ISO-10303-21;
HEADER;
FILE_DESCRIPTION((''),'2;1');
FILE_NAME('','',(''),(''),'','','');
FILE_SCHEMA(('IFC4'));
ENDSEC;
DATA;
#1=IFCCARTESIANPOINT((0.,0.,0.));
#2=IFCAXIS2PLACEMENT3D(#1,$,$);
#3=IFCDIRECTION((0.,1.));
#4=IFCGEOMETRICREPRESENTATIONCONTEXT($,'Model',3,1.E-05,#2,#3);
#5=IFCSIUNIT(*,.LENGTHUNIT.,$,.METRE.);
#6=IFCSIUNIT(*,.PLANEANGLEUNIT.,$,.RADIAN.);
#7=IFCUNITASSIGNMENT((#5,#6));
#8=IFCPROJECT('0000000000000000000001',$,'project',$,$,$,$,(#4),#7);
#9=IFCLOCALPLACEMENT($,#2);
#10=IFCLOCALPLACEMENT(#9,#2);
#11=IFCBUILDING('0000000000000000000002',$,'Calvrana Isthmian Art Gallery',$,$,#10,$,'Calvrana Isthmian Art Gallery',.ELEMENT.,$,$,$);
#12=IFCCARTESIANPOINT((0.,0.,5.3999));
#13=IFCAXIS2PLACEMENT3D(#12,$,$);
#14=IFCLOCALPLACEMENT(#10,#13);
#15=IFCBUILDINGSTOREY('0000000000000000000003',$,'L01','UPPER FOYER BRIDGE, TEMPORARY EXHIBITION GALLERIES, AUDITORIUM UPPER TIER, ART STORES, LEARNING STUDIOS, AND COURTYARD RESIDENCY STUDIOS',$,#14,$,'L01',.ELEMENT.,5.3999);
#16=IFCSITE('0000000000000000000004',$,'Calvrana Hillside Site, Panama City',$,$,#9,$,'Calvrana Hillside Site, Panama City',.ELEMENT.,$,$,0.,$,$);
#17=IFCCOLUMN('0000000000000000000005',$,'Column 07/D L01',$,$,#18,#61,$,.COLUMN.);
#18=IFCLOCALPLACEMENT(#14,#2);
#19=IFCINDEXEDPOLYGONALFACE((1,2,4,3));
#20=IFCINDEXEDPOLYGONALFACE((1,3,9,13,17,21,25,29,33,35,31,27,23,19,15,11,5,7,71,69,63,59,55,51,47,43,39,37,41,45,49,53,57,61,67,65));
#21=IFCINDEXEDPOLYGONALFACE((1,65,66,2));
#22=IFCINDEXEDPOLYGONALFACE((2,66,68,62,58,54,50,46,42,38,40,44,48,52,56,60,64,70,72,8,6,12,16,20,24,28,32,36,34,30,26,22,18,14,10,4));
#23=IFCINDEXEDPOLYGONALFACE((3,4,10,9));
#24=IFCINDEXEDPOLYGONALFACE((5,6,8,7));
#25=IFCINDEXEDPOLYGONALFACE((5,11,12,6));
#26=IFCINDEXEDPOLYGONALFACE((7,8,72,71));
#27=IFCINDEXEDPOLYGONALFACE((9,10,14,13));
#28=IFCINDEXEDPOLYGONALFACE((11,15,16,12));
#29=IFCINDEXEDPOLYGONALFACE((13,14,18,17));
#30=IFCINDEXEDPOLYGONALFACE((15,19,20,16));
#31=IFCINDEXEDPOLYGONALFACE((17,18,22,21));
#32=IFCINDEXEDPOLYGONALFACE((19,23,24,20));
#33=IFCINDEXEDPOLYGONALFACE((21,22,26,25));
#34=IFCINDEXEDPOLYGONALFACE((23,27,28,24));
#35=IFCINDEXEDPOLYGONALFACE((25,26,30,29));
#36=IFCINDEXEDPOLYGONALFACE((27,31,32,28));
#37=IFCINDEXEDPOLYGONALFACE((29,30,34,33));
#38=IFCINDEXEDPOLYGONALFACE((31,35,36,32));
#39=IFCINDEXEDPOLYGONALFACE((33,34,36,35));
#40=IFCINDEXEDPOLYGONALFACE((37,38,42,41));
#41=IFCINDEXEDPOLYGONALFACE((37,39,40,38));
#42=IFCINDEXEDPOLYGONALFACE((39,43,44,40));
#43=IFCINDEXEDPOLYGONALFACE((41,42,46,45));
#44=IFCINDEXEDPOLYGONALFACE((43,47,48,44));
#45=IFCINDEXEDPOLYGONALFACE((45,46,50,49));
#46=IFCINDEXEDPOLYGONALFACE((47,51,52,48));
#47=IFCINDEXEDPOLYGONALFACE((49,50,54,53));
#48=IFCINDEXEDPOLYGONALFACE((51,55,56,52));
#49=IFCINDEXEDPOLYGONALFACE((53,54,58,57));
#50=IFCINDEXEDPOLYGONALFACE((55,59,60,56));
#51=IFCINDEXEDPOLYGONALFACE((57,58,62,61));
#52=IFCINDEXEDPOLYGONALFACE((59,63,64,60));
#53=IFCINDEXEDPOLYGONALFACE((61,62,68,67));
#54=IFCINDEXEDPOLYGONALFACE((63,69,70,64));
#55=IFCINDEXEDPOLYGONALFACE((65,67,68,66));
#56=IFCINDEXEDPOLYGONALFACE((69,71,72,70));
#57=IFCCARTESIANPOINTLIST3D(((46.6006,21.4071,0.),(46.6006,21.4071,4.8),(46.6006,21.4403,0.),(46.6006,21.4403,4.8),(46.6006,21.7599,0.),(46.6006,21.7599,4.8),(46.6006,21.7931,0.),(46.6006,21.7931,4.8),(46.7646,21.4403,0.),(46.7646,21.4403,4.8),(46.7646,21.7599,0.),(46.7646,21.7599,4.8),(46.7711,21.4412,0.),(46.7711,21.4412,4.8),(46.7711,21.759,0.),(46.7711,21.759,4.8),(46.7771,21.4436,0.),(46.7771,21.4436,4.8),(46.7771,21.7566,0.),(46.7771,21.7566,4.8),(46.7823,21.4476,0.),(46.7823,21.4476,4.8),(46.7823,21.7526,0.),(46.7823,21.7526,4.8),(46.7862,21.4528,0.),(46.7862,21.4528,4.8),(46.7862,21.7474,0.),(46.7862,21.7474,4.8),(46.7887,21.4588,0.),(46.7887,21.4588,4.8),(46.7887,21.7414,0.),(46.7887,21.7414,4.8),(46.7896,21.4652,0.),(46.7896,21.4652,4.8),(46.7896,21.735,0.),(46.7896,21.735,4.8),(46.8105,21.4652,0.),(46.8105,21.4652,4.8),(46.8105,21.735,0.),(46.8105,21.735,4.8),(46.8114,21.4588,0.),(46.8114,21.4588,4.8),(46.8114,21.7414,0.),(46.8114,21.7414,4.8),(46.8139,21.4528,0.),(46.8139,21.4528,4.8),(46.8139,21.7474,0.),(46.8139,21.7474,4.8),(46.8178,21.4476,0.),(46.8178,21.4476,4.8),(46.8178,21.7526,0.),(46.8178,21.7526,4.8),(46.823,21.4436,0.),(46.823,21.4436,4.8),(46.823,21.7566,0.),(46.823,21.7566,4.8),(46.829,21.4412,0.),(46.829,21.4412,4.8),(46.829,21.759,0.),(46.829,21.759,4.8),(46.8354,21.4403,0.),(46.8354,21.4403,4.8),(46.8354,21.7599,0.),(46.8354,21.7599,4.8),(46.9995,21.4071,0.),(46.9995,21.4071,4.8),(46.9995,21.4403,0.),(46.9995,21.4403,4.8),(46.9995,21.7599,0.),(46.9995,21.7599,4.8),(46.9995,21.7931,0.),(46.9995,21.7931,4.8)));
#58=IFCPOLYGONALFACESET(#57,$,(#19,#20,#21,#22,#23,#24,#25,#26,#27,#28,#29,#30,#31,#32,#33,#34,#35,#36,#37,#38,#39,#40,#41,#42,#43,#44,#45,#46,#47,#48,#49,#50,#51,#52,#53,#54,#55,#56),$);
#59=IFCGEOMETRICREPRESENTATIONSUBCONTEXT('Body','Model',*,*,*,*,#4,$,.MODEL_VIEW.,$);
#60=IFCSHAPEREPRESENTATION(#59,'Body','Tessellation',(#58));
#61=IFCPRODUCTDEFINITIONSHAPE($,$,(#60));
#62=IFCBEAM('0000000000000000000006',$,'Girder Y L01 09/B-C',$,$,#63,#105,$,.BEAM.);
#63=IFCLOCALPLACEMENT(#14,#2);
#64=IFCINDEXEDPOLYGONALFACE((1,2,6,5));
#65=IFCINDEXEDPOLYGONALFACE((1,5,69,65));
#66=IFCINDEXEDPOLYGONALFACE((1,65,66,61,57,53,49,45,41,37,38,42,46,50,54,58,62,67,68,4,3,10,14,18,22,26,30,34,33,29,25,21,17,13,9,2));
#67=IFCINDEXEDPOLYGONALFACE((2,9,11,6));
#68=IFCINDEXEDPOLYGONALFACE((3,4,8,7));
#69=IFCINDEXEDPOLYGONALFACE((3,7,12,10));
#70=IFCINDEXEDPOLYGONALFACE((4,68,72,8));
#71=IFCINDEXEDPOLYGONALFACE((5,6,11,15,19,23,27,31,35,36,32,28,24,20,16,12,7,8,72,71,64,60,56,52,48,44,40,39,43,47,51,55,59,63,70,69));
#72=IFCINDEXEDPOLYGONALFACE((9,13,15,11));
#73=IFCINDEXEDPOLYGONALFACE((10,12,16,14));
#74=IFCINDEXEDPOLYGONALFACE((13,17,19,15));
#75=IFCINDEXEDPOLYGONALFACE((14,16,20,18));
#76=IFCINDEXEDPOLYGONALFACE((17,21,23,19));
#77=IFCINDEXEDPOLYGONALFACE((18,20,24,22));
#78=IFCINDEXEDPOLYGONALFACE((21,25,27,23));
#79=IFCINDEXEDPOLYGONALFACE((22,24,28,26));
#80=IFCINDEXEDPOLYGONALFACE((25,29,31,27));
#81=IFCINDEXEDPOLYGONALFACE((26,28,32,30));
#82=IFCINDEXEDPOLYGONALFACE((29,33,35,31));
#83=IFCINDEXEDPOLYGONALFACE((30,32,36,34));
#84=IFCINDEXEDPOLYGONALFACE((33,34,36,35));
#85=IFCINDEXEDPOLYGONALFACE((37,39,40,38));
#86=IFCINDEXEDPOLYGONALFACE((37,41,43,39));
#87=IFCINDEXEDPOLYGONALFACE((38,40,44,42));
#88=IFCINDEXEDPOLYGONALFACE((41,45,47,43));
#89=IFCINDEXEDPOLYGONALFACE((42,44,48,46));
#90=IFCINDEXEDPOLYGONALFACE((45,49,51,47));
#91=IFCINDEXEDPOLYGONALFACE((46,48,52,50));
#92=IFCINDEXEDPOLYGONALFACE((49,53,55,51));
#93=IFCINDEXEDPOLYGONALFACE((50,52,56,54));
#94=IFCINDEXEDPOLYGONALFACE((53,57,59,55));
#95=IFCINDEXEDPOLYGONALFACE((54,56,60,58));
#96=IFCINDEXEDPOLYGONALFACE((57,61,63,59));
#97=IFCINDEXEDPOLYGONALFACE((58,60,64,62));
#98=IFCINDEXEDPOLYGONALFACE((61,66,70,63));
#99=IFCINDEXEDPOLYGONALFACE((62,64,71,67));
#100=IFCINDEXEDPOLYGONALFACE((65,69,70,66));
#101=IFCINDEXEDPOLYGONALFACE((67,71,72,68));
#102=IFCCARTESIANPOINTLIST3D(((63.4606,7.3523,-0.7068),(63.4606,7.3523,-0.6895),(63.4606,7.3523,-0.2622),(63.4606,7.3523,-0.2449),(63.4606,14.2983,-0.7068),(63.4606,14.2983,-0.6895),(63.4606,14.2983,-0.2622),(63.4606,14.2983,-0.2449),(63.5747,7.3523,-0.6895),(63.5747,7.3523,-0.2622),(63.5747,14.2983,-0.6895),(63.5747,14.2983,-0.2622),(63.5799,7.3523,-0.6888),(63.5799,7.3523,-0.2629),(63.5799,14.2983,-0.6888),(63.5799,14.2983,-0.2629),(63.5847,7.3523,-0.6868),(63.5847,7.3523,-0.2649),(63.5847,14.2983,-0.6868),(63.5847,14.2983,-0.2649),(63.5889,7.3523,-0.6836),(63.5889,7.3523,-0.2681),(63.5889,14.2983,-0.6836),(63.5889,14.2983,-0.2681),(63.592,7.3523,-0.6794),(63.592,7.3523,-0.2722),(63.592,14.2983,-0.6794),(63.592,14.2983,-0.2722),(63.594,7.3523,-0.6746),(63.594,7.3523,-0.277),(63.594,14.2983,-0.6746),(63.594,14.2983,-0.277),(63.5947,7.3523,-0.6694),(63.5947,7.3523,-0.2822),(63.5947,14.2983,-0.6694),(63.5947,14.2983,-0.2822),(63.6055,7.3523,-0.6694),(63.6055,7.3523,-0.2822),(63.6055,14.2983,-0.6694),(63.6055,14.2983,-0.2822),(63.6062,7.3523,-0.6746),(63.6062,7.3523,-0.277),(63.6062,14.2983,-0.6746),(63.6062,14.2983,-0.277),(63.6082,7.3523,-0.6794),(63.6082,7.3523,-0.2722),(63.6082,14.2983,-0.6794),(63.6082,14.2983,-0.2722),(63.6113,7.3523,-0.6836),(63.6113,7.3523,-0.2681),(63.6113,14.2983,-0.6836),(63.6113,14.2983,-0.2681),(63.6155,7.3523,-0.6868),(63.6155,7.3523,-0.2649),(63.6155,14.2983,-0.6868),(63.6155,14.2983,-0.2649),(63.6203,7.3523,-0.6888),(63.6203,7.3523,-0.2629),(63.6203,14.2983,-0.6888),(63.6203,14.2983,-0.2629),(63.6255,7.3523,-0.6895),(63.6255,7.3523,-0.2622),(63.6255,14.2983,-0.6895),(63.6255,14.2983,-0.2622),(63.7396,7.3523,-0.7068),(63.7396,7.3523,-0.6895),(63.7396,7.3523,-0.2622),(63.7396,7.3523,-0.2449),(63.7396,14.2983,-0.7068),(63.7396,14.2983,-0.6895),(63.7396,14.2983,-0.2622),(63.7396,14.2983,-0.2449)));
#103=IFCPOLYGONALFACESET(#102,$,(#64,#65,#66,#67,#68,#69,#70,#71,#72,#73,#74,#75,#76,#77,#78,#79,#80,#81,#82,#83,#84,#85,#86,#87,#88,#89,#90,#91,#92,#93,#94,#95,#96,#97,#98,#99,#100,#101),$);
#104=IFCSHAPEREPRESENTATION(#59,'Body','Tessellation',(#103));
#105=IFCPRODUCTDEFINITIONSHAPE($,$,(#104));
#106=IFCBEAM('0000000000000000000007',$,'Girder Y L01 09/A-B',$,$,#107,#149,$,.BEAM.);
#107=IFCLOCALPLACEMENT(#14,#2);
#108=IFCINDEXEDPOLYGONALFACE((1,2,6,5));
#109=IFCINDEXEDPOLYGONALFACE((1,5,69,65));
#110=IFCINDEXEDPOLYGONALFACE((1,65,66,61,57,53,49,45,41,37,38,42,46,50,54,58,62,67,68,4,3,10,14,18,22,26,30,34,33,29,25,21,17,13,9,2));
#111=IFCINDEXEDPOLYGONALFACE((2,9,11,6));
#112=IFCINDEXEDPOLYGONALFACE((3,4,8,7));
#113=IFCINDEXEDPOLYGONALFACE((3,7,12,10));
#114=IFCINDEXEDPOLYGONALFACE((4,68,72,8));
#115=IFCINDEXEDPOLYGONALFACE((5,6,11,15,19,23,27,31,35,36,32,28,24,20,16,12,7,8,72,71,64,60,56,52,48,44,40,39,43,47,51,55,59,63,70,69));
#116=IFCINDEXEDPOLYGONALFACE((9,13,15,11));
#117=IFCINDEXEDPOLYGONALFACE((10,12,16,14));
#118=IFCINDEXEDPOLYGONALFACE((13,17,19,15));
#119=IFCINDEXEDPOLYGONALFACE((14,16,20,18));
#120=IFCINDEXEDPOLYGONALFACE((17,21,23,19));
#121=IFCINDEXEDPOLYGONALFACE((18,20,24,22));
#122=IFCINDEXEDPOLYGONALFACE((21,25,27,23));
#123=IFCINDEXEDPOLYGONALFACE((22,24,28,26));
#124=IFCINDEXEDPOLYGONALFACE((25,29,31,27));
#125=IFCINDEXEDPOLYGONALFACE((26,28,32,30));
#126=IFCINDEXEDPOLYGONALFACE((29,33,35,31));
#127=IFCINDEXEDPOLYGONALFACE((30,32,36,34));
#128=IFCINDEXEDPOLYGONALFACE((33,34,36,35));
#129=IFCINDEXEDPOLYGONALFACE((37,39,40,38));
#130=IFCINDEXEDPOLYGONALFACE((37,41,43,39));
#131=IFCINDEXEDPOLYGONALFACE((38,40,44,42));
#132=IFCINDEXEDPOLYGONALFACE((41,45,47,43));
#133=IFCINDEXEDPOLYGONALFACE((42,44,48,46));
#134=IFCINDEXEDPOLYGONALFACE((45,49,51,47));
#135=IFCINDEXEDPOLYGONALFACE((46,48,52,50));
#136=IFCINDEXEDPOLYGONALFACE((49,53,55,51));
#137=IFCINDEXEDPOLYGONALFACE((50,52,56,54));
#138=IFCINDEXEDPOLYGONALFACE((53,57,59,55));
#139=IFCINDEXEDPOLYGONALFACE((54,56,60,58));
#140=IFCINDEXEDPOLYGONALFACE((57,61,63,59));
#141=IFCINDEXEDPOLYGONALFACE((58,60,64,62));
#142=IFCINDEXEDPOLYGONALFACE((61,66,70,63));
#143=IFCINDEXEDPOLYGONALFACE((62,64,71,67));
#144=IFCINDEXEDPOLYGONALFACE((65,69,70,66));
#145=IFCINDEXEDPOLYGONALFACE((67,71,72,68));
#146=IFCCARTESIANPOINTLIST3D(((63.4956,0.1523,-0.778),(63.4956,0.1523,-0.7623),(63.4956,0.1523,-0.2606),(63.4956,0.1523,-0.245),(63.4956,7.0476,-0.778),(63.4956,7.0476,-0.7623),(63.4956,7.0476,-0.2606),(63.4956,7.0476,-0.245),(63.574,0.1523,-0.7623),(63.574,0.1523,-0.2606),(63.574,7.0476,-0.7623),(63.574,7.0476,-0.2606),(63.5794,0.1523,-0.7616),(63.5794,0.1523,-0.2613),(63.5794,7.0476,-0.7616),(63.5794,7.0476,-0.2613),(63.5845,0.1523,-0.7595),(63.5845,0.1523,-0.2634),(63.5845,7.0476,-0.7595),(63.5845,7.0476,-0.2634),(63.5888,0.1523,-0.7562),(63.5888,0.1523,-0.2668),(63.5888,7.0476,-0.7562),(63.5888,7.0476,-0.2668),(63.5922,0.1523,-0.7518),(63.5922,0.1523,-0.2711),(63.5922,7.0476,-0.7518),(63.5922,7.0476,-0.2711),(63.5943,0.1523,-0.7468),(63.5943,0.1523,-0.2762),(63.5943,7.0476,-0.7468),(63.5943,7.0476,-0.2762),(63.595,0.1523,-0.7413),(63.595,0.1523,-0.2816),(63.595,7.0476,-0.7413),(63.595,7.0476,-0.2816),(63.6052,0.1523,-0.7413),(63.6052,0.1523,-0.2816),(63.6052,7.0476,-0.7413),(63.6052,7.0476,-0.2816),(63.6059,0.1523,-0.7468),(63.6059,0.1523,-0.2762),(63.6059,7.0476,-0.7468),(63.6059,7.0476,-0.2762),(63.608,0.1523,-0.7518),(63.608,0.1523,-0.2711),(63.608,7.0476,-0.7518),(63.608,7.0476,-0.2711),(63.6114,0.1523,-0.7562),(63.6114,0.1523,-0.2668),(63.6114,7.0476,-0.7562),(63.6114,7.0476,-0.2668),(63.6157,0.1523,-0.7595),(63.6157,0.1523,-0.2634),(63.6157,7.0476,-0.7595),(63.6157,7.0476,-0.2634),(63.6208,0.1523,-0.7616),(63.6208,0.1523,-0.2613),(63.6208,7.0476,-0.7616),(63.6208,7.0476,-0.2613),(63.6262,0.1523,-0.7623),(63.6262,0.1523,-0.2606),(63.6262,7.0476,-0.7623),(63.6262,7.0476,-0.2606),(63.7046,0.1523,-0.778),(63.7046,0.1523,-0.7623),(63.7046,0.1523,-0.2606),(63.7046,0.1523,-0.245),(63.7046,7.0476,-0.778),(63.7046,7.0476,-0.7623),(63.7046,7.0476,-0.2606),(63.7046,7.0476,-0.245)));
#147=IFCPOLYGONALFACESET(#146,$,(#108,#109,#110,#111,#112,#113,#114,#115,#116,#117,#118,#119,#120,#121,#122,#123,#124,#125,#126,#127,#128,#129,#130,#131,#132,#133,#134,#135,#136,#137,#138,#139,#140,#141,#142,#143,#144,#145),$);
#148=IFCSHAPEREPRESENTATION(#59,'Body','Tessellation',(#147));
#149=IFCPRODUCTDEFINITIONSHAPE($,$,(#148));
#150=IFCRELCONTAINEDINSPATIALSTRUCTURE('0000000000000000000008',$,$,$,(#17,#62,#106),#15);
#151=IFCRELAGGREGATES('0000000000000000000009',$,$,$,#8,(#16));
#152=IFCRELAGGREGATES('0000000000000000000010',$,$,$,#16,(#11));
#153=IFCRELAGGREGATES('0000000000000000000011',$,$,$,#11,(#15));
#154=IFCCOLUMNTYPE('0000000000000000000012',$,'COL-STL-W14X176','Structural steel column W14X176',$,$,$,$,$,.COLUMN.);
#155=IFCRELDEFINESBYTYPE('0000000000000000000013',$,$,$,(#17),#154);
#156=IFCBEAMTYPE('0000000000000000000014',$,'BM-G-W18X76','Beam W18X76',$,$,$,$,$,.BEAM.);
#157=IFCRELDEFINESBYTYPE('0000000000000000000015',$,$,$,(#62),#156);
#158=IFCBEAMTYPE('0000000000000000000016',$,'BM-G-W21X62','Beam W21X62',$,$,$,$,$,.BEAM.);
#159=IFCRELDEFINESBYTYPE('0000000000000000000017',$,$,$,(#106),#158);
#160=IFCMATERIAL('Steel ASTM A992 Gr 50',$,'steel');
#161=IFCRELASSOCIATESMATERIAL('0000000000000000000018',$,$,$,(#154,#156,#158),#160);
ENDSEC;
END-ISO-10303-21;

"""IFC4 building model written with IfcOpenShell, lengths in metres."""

from ifc_helpers import new_model, si_unit, direction, frame, origin, origin_2d, place, context, subcontext, project, spatial, i_section, extrude, material, material_profile, profile_set, type_object, element, save


model = new_model("IFC4")

# Units and contexts
model_context = context("Model", 3, precision=1e-05, world=origin(), true_north=direction((0.0, 1.0)))
body_context = subcontext(model_context, "Body", "Model", "MODEL_VIEW")
ifc_project = project(units=[si_unit("LENGTHUNIT", "METRE"), si_unit("PLANEANGLEUNIT", "RADIAN")], contexts=[model_context])

# Site, building, storey
site_placement = place(None, origin())
site = spatial("IfcSite", under=ifc_project, at=site_placement, Name="Calvrana Hillside Site, Panama City", LongName="Calvrana Hillside Site, Panama City", CompositionType="ELEMENT", RefElevation=0.0)
building_placement = place(site_placement, origin())
building = spatial("IfcBuilding", under=site, at=building_placement, Name="Calvrana Isthmian Art Gallery", LongName="Calvrana Isthmian Art Gallery", CompositionType="ELEMENT")
storey_placement = place(building_placement, frame((0.0, 0.0, 5.3999)))
storey = spatial("IfcBuildingStorey", under=building, at=storey_placement, Name="L01", Description="UPPER FOYER BRIDGE, TEMPORARY EXHIBITION GALLERIES, AUDITORIUM UPPER TIER, ART STORES, LEARNING STUDIOS, AND COURTYARD RESIDENCY STUDIOS", LongName="L01", CompositionType="ELEMENT", Elevation=5.3999)

# Column
ifc_material_1 = material(Name="Steel ASTM A992 Gr 50", Category="steel")
ifc_material_profile_1 = material_profile(ifc_material_1, i_section(OverallWidth=0.3989, OverallDepth=0.386, WebThickness=0.021, FlangeThickness=0.0332, FilletRadius=0.0249, at=origin_2d()), Name="W14X176")
ifc_profile_set_1 = profile_set([ifc_material_profile_1], Name="Steel ASTM A992 Gr 50")
column_type = type_object("IfcColumnType", Name="COL-STL-W14X176", Description="Structural steel column W14X176", PredefinedType="COLUMN", material=ifc_profile_set_1)
column_placement = place(storey_placement, frame((46.8, 21.6001, 0.0), z_axis=(0.0, 0.0, 1.0), x_axis=(1.0, 0.0, 0.0)))
element("IfcColumn", 1, at=column_placement, inside=storey, type_object=column_type, Name="Column 07/D L01", PredefinedType="COLUMN", context=body_context, shape_type="SweptSolid", body=[
    extrude(i_section(OverallWidth=0.3989, OverallDepth=0.386, WebThickness=0.021, FlangeThickness=0.0332, FilletRadius=0.0249, at=origin_2d()), origin(), (0.0, 0.0, 1.0), 4.8),
])

# Beams
ifc_material_profile_2 = material_profile(ifc_material_1, i_section(OverallWidth=0.2791, OverallDepth=0.4619, WebThickness=0.0107, FlangeThickness=0.0173, FilletRadius=0.02, at=origin_2d()), Name="W18X76")
ifc_profile_set_2 = profile_set([ifc_material_profile_2], Name="Steel ASTM A992 Gr 50")
beam_type_1 = type_object("IfcBeamType", Name="BM-G-W18X76", Description="Beam W18X76", PredefinedType="BEAM", material=ifc_profile_set_2)
beam_1_placement = place(storey_placement, frame((63.6001, 7.3523, -0.4758), z_axis=(0.0, 1.0, 0.0), x_axis=(-1.0, 0.0, 0.0)))
element("IfcBeam", 2, at=beam_1_placement, inside=storey, type_object=beam_type_1, Name="Girder Y L01 09/B-C", PredefinedType="BEAM", context=body_context, shape_type="SweptSolid", body=[
    extrude(i_section(OverallWidth=0.2791, OverallDepth=0.4619, WebThickness=0.0107, FlangeThickness=0.0173, FilletRadius=0.02, at=origin_2d()), origin(), (0.0, 0.0, 1.0), 6.946),
])
ifc_material_profile_3 = material_profile(ifc_material_1, i_section(OverallWidth=0.209, OverallDepth=0.533, WebThickness=0.0103, FlangeThickness=0.0156, FilletRadius=0.021, at=origin_2d()), Name="W21X62")
ifc_profile_set_3 = profile_set([ifc_material_profile_3], Name="Steel ASTM A992 Gr 50")
beam_type_2 = type_object("IfcBeamType", Name="BM-G-W21X62", Description="Beam W21X62", PredefinedType="BEAM", material=ifc_profile_set_3)
beam_2_placement = place(storey_placement, frame((63.6001, 0.1523, -0.5115), z_axis=(0.0, 1.0, 0.0), x_axis=(-1.0, 0.0, 0.0)))
element("IfcBeam", 3, at=beam_2_placement, inside=storey, type_object=beam_type_2, Name="Girder Y L01 09/A-B", PredefinedType="BEAM", context=body_context, shape_type="SweptSolid", body=[
    extrude(i_section(OverallWidth=0.209, OverallDepth=0.533, WebThickness=0.0103, FlangeThickness=0.0156, FilletRadius=0.021, at=origin_2d()), origin(), (0.0, 0.0, 1.0), 6.8953),
])

save(model, "model.ifc")
